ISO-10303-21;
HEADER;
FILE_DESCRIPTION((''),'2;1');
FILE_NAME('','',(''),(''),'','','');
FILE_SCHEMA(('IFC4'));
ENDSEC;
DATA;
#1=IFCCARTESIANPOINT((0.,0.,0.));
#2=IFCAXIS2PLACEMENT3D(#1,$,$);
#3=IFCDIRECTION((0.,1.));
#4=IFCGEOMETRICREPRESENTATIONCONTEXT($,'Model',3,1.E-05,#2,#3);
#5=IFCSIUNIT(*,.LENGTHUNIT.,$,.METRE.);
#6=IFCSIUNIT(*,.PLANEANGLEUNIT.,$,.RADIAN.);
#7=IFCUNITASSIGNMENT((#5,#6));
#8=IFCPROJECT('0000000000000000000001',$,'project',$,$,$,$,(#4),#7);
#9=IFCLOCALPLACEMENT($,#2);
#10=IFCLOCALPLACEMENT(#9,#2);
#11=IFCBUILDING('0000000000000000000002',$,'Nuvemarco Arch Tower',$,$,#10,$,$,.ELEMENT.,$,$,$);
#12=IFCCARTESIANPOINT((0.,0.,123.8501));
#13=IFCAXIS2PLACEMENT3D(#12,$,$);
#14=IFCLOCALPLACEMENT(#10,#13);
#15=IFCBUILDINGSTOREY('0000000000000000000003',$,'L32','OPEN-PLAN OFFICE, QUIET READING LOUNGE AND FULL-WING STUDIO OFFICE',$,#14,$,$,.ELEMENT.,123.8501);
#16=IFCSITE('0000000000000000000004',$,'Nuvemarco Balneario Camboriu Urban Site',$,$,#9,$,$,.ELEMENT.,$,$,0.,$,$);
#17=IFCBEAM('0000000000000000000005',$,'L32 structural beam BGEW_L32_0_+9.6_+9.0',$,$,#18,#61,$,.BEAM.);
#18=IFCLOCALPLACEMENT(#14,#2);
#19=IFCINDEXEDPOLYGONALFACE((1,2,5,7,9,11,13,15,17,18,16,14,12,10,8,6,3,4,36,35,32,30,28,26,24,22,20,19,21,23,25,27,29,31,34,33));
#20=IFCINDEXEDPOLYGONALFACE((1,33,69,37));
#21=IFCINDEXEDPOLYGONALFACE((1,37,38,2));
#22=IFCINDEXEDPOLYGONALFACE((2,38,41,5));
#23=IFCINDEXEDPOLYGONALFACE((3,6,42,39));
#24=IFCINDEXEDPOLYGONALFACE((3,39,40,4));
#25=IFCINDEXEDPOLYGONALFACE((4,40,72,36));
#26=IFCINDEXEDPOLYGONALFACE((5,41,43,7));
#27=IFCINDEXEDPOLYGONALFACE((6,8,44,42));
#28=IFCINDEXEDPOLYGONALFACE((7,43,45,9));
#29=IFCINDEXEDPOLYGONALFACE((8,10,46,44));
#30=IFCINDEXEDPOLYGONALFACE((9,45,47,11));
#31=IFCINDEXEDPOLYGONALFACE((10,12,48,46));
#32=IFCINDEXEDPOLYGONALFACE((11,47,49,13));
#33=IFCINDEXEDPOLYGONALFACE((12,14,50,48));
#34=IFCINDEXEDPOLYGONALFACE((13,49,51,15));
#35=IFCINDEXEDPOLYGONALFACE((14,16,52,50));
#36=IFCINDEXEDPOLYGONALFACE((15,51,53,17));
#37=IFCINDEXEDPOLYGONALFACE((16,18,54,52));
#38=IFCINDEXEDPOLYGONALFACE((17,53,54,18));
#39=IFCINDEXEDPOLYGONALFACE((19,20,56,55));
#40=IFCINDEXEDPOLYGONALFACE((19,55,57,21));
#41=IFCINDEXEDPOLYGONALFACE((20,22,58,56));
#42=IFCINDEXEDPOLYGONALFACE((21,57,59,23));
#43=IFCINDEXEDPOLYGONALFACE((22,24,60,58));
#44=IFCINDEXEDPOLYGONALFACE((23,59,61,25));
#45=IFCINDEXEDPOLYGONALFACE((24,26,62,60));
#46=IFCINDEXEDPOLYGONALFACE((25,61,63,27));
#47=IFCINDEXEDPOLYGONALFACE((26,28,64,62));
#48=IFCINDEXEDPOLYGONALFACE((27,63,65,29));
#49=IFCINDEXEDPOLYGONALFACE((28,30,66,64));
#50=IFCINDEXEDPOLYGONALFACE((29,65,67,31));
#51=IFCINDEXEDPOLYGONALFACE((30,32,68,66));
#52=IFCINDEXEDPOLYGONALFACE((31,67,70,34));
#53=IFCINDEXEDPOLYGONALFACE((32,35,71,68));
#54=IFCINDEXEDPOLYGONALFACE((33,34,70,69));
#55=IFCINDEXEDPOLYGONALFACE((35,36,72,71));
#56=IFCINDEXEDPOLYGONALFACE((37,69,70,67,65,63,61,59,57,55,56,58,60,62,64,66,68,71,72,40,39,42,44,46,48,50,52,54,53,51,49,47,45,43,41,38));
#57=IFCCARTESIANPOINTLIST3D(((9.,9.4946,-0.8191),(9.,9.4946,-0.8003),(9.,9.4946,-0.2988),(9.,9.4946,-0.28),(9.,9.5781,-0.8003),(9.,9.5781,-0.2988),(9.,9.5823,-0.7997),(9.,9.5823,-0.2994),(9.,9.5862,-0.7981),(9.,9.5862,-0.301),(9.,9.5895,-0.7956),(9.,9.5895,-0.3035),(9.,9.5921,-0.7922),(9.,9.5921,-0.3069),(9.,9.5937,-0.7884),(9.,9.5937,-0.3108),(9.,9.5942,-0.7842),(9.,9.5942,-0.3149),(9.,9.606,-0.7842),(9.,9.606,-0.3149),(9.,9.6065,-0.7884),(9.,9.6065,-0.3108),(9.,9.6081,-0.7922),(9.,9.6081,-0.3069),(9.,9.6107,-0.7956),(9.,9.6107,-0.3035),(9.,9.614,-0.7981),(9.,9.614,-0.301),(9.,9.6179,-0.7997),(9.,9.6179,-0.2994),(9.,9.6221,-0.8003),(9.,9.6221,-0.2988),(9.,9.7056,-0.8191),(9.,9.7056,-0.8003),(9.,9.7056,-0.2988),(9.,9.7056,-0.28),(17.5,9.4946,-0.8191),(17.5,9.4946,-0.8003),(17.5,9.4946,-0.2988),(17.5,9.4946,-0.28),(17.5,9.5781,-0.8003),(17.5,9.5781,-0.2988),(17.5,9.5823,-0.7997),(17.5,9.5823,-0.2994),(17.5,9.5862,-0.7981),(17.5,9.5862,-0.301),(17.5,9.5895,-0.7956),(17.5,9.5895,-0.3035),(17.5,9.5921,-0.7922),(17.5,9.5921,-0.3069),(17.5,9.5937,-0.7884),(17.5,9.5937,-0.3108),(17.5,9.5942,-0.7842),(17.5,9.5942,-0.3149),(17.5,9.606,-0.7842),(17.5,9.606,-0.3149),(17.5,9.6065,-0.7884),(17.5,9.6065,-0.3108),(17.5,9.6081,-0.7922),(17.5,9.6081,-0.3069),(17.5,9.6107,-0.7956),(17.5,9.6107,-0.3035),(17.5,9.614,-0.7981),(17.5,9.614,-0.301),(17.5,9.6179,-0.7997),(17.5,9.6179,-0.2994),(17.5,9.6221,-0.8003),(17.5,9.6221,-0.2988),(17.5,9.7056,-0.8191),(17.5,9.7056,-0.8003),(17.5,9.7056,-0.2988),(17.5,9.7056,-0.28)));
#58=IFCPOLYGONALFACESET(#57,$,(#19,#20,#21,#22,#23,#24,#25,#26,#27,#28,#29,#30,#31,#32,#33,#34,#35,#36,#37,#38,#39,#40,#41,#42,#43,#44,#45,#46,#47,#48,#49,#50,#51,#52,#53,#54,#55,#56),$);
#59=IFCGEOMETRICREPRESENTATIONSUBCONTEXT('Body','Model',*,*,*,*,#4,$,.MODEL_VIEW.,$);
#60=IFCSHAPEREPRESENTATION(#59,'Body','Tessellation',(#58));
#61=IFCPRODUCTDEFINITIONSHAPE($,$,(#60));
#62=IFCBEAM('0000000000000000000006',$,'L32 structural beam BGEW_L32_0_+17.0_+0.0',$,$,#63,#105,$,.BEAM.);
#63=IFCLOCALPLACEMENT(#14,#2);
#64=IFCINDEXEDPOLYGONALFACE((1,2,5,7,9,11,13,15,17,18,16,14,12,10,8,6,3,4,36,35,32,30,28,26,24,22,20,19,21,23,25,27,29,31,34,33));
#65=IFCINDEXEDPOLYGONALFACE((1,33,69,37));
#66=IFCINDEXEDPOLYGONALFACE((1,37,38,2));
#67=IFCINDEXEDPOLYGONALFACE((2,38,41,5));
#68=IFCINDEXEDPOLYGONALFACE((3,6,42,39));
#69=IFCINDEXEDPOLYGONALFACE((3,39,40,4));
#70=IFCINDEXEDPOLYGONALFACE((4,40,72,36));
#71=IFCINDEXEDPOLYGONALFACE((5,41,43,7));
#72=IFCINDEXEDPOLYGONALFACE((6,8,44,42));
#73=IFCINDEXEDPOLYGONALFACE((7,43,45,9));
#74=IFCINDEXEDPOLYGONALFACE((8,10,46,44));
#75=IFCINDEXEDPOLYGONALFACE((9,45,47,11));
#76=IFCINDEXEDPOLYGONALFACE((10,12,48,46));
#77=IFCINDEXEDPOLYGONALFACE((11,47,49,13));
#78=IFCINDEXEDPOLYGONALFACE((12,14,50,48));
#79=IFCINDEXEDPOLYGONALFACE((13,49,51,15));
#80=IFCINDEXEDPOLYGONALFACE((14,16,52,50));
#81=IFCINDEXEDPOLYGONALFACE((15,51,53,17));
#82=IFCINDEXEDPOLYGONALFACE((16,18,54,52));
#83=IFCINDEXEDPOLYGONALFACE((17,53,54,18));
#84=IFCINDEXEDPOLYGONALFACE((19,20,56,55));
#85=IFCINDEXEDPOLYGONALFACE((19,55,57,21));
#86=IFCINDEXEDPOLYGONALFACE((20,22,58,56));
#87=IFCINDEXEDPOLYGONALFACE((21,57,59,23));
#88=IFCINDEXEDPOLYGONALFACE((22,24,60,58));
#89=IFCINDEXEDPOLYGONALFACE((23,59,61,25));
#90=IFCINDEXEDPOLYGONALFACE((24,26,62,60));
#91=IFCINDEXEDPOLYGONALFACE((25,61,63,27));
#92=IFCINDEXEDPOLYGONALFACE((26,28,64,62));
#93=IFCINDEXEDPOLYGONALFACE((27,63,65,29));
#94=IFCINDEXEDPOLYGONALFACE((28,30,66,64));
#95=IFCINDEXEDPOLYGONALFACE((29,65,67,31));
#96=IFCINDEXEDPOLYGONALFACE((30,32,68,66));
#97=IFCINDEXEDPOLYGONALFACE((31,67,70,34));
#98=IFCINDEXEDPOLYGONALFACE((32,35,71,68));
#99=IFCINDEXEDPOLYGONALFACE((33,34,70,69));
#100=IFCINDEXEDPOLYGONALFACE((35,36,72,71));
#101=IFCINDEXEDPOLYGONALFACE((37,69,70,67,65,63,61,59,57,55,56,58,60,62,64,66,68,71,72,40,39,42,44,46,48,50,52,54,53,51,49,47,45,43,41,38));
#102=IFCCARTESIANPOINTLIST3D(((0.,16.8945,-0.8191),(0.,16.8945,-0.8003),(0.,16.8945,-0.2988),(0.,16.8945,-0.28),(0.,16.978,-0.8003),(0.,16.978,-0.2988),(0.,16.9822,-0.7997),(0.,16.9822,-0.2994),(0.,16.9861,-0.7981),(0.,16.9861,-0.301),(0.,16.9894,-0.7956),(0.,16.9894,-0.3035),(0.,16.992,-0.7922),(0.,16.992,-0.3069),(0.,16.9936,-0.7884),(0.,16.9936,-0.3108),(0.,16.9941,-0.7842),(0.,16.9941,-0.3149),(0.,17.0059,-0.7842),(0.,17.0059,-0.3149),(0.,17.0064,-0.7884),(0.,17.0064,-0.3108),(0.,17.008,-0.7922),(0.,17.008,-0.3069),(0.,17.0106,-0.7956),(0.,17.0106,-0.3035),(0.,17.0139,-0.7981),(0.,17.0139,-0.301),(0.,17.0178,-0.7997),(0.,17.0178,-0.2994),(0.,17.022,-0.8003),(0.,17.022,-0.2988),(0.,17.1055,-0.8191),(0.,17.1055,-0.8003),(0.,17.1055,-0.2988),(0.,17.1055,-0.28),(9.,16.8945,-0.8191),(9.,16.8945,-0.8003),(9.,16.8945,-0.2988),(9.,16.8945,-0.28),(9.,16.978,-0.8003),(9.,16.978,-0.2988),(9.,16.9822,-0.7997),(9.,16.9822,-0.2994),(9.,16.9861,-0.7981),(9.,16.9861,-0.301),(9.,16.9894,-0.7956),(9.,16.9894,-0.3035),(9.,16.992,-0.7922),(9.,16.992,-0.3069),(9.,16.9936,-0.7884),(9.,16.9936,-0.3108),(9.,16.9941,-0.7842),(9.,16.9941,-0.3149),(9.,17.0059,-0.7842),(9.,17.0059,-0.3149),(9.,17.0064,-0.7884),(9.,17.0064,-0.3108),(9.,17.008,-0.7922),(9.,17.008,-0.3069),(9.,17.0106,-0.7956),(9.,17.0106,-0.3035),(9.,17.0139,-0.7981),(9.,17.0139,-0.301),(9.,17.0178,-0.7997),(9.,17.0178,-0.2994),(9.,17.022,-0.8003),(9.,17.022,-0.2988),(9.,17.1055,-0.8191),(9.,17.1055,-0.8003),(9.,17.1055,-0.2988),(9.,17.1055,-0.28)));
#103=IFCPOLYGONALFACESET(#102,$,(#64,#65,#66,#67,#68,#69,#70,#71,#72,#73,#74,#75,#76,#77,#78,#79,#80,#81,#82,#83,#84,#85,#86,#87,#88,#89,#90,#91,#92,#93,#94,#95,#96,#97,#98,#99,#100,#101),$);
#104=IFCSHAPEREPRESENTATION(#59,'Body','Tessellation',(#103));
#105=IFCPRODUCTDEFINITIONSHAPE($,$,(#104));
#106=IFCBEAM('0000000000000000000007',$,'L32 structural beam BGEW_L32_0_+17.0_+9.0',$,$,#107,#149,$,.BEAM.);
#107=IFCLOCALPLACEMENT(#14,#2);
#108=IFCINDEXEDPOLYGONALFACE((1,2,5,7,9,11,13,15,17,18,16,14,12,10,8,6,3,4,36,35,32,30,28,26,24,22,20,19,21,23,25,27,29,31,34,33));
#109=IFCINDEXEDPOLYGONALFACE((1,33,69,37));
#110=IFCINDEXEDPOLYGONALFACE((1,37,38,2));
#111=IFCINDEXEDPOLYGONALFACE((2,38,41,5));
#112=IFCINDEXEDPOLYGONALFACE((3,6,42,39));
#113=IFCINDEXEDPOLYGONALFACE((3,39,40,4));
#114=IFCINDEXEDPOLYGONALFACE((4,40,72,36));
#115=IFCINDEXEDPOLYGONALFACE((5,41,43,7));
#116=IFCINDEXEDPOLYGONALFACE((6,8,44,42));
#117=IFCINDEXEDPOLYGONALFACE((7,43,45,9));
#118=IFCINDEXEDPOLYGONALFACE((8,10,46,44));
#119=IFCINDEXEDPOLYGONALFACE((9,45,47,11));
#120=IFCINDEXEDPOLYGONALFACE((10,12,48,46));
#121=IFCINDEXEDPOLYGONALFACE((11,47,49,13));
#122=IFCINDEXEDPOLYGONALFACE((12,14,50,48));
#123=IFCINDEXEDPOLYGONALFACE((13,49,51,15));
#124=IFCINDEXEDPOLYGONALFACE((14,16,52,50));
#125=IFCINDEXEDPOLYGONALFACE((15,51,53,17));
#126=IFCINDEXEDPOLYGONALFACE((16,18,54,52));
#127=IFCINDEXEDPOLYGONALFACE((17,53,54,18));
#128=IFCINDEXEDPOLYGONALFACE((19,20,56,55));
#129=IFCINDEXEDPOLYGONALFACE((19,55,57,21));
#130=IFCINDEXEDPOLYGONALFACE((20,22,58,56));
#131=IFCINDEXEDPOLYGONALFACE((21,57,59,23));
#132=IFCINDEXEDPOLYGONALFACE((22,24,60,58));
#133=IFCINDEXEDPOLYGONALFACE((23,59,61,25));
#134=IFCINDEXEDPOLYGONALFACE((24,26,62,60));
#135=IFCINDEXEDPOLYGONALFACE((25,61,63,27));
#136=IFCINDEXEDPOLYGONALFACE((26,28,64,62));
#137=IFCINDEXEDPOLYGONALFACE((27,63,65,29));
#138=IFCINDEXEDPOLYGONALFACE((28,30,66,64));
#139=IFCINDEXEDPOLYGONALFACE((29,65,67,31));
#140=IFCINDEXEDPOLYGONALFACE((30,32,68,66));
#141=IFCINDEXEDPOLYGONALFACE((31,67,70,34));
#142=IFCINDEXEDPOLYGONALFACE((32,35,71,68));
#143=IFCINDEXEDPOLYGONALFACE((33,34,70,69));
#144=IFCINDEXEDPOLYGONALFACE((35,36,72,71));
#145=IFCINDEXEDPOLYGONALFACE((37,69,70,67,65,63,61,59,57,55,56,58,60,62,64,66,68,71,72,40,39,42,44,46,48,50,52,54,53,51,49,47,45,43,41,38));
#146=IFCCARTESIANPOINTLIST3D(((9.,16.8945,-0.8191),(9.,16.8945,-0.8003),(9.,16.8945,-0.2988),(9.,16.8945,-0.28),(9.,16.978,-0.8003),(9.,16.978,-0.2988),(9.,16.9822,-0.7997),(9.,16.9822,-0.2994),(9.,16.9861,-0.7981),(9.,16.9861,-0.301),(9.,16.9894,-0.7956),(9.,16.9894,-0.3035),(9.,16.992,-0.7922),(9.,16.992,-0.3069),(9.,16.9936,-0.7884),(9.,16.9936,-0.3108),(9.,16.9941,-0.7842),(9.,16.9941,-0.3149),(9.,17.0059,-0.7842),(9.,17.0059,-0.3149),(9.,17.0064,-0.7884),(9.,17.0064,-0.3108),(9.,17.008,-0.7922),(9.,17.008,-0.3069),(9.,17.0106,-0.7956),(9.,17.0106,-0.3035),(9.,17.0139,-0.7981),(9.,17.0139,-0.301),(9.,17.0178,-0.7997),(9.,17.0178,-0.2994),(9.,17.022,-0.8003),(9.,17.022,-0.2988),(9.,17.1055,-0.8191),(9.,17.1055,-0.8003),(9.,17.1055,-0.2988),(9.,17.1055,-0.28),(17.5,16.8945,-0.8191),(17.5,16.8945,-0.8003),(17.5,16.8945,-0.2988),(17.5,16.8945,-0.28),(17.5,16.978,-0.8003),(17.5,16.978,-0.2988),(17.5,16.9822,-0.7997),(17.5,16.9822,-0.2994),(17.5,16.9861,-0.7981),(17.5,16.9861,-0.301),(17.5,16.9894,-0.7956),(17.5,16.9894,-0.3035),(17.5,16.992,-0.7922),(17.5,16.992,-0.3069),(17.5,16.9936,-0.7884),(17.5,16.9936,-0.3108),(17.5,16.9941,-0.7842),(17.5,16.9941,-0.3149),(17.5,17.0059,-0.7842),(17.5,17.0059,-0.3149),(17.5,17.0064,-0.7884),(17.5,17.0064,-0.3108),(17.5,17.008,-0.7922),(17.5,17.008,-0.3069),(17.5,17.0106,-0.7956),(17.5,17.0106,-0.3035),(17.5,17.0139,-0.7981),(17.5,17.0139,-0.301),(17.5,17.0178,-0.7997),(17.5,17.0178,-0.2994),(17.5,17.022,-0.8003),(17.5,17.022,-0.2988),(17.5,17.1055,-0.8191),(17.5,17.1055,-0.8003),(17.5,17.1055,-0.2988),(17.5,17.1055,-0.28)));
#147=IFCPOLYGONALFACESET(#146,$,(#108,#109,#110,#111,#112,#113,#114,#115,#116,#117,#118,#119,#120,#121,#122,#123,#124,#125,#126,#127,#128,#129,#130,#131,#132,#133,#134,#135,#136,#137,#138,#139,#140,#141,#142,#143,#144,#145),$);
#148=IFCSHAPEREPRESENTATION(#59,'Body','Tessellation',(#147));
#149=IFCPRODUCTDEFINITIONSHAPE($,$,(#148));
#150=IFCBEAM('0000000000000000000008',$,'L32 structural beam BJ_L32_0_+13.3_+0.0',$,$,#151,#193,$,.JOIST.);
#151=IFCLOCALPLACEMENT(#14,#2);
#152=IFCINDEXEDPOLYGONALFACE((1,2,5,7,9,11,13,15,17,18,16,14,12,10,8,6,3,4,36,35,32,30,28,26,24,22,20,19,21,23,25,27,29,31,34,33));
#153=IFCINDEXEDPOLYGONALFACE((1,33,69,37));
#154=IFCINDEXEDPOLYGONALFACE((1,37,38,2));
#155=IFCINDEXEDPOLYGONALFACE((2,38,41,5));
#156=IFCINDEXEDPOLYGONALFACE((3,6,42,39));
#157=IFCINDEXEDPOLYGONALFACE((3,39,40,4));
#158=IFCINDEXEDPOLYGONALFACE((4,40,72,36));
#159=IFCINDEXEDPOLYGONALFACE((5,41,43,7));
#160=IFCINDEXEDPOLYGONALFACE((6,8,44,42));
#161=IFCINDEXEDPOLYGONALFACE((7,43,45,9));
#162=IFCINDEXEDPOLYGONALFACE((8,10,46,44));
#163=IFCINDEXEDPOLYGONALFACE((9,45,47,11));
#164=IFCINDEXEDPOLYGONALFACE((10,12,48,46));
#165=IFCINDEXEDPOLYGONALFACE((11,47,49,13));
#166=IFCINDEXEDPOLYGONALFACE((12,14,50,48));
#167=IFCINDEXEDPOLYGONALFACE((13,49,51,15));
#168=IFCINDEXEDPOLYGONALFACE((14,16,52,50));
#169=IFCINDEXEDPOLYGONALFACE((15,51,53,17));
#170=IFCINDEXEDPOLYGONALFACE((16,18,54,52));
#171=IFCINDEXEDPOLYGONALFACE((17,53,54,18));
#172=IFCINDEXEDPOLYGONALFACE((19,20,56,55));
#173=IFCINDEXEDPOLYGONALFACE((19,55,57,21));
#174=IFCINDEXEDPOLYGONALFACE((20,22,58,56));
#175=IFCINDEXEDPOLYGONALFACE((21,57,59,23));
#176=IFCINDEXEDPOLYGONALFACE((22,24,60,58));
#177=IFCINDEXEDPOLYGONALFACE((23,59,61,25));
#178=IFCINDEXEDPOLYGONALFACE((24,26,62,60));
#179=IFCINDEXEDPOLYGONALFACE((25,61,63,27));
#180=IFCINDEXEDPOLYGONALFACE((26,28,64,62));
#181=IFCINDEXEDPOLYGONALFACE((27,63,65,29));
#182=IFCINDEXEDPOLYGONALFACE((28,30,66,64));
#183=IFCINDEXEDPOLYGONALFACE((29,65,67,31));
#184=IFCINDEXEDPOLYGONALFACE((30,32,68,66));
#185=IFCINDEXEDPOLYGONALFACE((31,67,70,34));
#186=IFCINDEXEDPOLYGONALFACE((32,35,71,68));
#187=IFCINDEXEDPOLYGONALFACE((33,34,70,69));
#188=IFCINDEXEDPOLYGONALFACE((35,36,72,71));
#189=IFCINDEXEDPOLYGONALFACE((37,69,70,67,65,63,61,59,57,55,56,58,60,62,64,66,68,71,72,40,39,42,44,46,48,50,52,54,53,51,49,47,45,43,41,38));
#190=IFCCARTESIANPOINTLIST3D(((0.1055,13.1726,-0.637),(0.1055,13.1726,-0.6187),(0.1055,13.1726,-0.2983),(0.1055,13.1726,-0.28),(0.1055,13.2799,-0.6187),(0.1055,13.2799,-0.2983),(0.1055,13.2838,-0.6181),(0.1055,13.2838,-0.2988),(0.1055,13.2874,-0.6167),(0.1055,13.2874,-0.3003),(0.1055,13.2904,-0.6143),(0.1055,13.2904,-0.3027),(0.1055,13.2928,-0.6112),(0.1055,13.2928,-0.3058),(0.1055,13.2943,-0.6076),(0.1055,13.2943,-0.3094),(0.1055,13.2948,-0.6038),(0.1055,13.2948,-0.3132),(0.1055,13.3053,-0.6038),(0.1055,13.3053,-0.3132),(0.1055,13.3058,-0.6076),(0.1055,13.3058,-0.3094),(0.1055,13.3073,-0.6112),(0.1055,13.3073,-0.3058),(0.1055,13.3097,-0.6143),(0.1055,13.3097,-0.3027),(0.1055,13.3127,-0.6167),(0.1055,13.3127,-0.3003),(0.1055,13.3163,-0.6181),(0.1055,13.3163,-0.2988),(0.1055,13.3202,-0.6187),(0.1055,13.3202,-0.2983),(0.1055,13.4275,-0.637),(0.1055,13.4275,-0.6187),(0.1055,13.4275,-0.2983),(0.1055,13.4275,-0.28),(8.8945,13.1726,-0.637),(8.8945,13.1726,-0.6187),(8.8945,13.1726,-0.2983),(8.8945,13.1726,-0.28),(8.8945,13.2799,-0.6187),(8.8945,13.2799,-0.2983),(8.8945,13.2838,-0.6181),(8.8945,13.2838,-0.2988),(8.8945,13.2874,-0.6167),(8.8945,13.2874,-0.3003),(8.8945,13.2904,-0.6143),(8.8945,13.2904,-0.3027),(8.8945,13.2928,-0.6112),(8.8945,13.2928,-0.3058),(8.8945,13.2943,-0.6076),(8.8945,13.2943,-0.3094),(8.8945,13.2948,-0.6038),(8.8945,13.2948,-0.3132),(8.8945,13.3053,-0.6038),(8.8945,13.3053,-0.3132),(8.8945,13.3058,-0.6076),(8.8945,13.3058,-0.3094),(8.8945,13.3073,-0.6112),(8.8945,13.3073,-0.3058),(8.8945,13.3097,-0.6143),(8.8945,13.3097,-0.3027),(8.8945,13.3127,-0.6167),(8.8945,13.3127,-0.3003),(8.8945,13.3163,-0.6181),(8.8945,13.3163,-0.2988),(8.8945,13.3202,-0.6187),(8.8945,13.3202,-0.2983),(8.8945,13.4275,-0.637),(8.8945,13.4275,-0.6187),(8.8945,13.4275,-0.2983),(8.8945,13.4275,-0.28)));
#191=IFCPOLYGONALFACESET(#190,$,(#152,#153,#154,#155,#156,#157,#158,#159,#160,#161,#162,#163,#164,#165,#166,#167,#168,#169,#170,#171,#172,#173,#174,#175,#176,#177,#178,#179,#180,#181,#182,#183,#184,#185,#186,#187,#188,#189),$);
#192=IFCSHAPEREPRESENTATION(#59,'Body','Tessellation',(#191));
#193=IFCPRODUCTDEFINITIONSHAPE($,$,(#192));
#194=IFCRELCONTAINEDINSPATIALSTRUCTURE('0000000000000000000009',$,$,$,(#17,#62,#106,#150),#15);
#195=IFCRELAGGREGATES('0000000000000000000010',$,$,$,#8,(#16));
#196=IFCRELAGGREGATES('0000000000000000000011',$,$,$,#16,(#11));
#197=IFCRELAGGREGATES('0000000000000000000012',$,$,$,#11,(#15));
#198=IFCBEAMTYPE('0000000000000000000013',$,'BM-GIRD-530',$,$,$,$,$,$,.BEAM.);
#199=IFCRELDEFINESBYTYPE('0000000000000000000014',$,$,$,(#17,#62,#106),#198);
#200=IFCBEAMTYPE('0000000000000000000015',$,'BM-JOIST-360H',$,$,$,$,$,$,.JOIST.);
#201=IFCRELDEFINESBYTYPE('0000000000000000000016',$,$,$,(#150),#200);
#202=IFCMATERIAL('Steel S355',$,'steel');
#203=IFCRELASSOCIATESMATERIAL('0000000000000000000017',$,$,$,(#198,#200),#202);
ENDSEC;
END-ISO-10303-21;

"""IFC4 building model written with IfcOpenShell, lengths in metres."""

from ifc_helpers import new_model, si_unit, direction, frame, origin, origin_2d, place, context, subcontext, project, spatial, i_section, extrude, material, material_profile, profile_set, type_object, element, save


model = new_model("IFC4")

# Units and contexts
model_context = context("Model", 3, precision=1e-05, world=origin(), true_north=direction((0.0, 1.0)))
body_context = subcontext(model_context, "Body", "Model", "MODEL_VIEW")
ifc_project = project(units=[si_unit("LENGTHUNIT", "METRE"), si_unit("PLANEANGLEUNIT", "RADIAN")], contexts=[model_context])

# Site, building, storey
site_placement = place(None, origin())
site = spatial("IfcSite", under=ifc_project, at=site_placement, Name="Nuvemarco Balneario Camboriu Urban Site", CompositionType="ELEMENT", RefElevation=0.0)
building_placement = place(site_placement, origin())
building = spatial("IfcBuilding", under=site, at=building_placement, Name="Nuvemarco Arch Tower", CompositionType="ELEMENT")
storey_placement = place(building_placement, frame((0.0, 0.0, 123.8501)))
storey = spatial("IfcBuildingStorey", under=building, at=storey_placement, Name="L32", Description="OPEN-PLAN OFFICE, QUIET READING LOUNGE AND FULL-WING STUDIO OFFICE", CompositionType="ELEMENT", Elevation=123.8501)

# Shared definitions
ifc_material_1 = material(Name="Steel S355", Category="steel")

# Beams
ifc_material_profile_1 = material_profile(ifc_material_1, i_section(OverallWidth=0.2109, OverallDepth=0.5391, WebThickness=0.0117, FlangeThickness=0.0188, FilletRadius=0.0161, at=origin_2d()), Name="W530x109")
ifc_profile_set_1 = profile_set([ifc_material_profile_1], Name="Steel S355")
beam_type_1 = type_object("IfcBeamType", Name="BM-GIRD-530", PredefinedType="BEAM", material=ifc_profile_set_1)
beam_1_placement = place(storey_placement, frame((9.0, 9.6001, -0.5496), z_axis=(1.0, 0.0, 0.0), x_axis=(0.0, 1.0, 0.0)))
element("IfcBeam", 1, at=beam_1_placement, inside=storey, type_object=beam_type_1, Name="L32 structural beam BGEW_L32_0_+9.6_+9.0", PredefinedType="BEAM", context=body_context, shape_type="SweptSolid", body=[
    extrude(i_section(OverallWidth=0.2109, OverallDepth=0.5391, WebThickness=0.0117, FlangeThickness=0.0188, FilletRadius=0.0161, at=origin_2d()), origin(), (0.0, 0.0, 1.0), 8.5),
])
beam_2_placement = place(storey_placement, frame((0.0, 17.0, -0.5496), z_axis=(1.0, 0.0, 0.0), x_axis=(0.0, 1.0, 0.0)))
element("IfcBeam", 2, at=beam_2_placement, inside=storey, type_object=beam_type_1, Name="L32 structural beam BGEW_L32_0_+17.0_+0.0", PredefinedType="BEAM", context=body_context, shape_type="SweptSolid", body=[
    extrude(i_section(OverallWidth=0.2109, OverallDepth=0.5391, WebThickness=0.0117, FlangeThickness=0.0188, FilletRadius=0.0161, at=origin_2d()), origin(), (0.0, 0.0, 1.0), 9.0),
])
beam_3_placement = place(storey_placement, frame((9.0, 17.0, -0.5496), z_axis=(1.0, 0.0, 0.0), x_axis=(0.0, 1.0, 0.0)))
element("IfcBeam", 3, at=beam_3_placement, inside=storey, type_object=beam_type_1, Name="L32 structural beam BGEW_L32_0_+17.0_+9.0", PredefinedType="BEAM", context=body_context, shape_type="SweptSolid", body=[
    extrude(i_section(OverallWidth=0.2109, OverallDepth=0.5391, WebThickness=0.0117, FlangeThickness=0.0188, FilletRadius=0.0161, at=origin_2d()), origin(), (0.0, 0.0, 1.0), 8.5),
])
ifc_material_profile_2 = material_profile(ifc_material_1, i_section(OverallWidth=0.2549, OverallDepth=0.3569, WebThickness=0.0105, FlangeThickness=0.0183, FilletRadius=0.0149, at=origin_2d()), Name="W360x101")
ifc_profile_set_2 = profile_set([ifc_material_profile_2], Name="Steel S355")
beam_type_2 = type_object("IfcBeamType", Name="BM-JOIST-360H", PredefinedType="JOIST", material=ifc_profile_set_2)
beam_4_placement = place(storey_placement, frame((0.1055, 13.3, -0.4585), z_axis=(1.0, 0.0, 0.0), x_axis=(0.0, 1.0, 0.0)))
element("IfcBeam", 4, at=beam_4_placement, inside=storey, type_object=beam_type_2, Name="L32 structural beam BJ_L32_0_+13.3_+0.0", PredefinedType="JOIST", context=body_context, shape_type="SweptSolid", body=[
    extrude(i_section(OverallWidth=0.2549, OverallDepth=0.3569, WebThickness=0.0105, FlangeThickness=0.0183, FilletRadius=0.0149, at=origin_2d()), origin(), (0.0, 0.0, 1.0), 8.7891),
])

save(model, "model.ifc")
